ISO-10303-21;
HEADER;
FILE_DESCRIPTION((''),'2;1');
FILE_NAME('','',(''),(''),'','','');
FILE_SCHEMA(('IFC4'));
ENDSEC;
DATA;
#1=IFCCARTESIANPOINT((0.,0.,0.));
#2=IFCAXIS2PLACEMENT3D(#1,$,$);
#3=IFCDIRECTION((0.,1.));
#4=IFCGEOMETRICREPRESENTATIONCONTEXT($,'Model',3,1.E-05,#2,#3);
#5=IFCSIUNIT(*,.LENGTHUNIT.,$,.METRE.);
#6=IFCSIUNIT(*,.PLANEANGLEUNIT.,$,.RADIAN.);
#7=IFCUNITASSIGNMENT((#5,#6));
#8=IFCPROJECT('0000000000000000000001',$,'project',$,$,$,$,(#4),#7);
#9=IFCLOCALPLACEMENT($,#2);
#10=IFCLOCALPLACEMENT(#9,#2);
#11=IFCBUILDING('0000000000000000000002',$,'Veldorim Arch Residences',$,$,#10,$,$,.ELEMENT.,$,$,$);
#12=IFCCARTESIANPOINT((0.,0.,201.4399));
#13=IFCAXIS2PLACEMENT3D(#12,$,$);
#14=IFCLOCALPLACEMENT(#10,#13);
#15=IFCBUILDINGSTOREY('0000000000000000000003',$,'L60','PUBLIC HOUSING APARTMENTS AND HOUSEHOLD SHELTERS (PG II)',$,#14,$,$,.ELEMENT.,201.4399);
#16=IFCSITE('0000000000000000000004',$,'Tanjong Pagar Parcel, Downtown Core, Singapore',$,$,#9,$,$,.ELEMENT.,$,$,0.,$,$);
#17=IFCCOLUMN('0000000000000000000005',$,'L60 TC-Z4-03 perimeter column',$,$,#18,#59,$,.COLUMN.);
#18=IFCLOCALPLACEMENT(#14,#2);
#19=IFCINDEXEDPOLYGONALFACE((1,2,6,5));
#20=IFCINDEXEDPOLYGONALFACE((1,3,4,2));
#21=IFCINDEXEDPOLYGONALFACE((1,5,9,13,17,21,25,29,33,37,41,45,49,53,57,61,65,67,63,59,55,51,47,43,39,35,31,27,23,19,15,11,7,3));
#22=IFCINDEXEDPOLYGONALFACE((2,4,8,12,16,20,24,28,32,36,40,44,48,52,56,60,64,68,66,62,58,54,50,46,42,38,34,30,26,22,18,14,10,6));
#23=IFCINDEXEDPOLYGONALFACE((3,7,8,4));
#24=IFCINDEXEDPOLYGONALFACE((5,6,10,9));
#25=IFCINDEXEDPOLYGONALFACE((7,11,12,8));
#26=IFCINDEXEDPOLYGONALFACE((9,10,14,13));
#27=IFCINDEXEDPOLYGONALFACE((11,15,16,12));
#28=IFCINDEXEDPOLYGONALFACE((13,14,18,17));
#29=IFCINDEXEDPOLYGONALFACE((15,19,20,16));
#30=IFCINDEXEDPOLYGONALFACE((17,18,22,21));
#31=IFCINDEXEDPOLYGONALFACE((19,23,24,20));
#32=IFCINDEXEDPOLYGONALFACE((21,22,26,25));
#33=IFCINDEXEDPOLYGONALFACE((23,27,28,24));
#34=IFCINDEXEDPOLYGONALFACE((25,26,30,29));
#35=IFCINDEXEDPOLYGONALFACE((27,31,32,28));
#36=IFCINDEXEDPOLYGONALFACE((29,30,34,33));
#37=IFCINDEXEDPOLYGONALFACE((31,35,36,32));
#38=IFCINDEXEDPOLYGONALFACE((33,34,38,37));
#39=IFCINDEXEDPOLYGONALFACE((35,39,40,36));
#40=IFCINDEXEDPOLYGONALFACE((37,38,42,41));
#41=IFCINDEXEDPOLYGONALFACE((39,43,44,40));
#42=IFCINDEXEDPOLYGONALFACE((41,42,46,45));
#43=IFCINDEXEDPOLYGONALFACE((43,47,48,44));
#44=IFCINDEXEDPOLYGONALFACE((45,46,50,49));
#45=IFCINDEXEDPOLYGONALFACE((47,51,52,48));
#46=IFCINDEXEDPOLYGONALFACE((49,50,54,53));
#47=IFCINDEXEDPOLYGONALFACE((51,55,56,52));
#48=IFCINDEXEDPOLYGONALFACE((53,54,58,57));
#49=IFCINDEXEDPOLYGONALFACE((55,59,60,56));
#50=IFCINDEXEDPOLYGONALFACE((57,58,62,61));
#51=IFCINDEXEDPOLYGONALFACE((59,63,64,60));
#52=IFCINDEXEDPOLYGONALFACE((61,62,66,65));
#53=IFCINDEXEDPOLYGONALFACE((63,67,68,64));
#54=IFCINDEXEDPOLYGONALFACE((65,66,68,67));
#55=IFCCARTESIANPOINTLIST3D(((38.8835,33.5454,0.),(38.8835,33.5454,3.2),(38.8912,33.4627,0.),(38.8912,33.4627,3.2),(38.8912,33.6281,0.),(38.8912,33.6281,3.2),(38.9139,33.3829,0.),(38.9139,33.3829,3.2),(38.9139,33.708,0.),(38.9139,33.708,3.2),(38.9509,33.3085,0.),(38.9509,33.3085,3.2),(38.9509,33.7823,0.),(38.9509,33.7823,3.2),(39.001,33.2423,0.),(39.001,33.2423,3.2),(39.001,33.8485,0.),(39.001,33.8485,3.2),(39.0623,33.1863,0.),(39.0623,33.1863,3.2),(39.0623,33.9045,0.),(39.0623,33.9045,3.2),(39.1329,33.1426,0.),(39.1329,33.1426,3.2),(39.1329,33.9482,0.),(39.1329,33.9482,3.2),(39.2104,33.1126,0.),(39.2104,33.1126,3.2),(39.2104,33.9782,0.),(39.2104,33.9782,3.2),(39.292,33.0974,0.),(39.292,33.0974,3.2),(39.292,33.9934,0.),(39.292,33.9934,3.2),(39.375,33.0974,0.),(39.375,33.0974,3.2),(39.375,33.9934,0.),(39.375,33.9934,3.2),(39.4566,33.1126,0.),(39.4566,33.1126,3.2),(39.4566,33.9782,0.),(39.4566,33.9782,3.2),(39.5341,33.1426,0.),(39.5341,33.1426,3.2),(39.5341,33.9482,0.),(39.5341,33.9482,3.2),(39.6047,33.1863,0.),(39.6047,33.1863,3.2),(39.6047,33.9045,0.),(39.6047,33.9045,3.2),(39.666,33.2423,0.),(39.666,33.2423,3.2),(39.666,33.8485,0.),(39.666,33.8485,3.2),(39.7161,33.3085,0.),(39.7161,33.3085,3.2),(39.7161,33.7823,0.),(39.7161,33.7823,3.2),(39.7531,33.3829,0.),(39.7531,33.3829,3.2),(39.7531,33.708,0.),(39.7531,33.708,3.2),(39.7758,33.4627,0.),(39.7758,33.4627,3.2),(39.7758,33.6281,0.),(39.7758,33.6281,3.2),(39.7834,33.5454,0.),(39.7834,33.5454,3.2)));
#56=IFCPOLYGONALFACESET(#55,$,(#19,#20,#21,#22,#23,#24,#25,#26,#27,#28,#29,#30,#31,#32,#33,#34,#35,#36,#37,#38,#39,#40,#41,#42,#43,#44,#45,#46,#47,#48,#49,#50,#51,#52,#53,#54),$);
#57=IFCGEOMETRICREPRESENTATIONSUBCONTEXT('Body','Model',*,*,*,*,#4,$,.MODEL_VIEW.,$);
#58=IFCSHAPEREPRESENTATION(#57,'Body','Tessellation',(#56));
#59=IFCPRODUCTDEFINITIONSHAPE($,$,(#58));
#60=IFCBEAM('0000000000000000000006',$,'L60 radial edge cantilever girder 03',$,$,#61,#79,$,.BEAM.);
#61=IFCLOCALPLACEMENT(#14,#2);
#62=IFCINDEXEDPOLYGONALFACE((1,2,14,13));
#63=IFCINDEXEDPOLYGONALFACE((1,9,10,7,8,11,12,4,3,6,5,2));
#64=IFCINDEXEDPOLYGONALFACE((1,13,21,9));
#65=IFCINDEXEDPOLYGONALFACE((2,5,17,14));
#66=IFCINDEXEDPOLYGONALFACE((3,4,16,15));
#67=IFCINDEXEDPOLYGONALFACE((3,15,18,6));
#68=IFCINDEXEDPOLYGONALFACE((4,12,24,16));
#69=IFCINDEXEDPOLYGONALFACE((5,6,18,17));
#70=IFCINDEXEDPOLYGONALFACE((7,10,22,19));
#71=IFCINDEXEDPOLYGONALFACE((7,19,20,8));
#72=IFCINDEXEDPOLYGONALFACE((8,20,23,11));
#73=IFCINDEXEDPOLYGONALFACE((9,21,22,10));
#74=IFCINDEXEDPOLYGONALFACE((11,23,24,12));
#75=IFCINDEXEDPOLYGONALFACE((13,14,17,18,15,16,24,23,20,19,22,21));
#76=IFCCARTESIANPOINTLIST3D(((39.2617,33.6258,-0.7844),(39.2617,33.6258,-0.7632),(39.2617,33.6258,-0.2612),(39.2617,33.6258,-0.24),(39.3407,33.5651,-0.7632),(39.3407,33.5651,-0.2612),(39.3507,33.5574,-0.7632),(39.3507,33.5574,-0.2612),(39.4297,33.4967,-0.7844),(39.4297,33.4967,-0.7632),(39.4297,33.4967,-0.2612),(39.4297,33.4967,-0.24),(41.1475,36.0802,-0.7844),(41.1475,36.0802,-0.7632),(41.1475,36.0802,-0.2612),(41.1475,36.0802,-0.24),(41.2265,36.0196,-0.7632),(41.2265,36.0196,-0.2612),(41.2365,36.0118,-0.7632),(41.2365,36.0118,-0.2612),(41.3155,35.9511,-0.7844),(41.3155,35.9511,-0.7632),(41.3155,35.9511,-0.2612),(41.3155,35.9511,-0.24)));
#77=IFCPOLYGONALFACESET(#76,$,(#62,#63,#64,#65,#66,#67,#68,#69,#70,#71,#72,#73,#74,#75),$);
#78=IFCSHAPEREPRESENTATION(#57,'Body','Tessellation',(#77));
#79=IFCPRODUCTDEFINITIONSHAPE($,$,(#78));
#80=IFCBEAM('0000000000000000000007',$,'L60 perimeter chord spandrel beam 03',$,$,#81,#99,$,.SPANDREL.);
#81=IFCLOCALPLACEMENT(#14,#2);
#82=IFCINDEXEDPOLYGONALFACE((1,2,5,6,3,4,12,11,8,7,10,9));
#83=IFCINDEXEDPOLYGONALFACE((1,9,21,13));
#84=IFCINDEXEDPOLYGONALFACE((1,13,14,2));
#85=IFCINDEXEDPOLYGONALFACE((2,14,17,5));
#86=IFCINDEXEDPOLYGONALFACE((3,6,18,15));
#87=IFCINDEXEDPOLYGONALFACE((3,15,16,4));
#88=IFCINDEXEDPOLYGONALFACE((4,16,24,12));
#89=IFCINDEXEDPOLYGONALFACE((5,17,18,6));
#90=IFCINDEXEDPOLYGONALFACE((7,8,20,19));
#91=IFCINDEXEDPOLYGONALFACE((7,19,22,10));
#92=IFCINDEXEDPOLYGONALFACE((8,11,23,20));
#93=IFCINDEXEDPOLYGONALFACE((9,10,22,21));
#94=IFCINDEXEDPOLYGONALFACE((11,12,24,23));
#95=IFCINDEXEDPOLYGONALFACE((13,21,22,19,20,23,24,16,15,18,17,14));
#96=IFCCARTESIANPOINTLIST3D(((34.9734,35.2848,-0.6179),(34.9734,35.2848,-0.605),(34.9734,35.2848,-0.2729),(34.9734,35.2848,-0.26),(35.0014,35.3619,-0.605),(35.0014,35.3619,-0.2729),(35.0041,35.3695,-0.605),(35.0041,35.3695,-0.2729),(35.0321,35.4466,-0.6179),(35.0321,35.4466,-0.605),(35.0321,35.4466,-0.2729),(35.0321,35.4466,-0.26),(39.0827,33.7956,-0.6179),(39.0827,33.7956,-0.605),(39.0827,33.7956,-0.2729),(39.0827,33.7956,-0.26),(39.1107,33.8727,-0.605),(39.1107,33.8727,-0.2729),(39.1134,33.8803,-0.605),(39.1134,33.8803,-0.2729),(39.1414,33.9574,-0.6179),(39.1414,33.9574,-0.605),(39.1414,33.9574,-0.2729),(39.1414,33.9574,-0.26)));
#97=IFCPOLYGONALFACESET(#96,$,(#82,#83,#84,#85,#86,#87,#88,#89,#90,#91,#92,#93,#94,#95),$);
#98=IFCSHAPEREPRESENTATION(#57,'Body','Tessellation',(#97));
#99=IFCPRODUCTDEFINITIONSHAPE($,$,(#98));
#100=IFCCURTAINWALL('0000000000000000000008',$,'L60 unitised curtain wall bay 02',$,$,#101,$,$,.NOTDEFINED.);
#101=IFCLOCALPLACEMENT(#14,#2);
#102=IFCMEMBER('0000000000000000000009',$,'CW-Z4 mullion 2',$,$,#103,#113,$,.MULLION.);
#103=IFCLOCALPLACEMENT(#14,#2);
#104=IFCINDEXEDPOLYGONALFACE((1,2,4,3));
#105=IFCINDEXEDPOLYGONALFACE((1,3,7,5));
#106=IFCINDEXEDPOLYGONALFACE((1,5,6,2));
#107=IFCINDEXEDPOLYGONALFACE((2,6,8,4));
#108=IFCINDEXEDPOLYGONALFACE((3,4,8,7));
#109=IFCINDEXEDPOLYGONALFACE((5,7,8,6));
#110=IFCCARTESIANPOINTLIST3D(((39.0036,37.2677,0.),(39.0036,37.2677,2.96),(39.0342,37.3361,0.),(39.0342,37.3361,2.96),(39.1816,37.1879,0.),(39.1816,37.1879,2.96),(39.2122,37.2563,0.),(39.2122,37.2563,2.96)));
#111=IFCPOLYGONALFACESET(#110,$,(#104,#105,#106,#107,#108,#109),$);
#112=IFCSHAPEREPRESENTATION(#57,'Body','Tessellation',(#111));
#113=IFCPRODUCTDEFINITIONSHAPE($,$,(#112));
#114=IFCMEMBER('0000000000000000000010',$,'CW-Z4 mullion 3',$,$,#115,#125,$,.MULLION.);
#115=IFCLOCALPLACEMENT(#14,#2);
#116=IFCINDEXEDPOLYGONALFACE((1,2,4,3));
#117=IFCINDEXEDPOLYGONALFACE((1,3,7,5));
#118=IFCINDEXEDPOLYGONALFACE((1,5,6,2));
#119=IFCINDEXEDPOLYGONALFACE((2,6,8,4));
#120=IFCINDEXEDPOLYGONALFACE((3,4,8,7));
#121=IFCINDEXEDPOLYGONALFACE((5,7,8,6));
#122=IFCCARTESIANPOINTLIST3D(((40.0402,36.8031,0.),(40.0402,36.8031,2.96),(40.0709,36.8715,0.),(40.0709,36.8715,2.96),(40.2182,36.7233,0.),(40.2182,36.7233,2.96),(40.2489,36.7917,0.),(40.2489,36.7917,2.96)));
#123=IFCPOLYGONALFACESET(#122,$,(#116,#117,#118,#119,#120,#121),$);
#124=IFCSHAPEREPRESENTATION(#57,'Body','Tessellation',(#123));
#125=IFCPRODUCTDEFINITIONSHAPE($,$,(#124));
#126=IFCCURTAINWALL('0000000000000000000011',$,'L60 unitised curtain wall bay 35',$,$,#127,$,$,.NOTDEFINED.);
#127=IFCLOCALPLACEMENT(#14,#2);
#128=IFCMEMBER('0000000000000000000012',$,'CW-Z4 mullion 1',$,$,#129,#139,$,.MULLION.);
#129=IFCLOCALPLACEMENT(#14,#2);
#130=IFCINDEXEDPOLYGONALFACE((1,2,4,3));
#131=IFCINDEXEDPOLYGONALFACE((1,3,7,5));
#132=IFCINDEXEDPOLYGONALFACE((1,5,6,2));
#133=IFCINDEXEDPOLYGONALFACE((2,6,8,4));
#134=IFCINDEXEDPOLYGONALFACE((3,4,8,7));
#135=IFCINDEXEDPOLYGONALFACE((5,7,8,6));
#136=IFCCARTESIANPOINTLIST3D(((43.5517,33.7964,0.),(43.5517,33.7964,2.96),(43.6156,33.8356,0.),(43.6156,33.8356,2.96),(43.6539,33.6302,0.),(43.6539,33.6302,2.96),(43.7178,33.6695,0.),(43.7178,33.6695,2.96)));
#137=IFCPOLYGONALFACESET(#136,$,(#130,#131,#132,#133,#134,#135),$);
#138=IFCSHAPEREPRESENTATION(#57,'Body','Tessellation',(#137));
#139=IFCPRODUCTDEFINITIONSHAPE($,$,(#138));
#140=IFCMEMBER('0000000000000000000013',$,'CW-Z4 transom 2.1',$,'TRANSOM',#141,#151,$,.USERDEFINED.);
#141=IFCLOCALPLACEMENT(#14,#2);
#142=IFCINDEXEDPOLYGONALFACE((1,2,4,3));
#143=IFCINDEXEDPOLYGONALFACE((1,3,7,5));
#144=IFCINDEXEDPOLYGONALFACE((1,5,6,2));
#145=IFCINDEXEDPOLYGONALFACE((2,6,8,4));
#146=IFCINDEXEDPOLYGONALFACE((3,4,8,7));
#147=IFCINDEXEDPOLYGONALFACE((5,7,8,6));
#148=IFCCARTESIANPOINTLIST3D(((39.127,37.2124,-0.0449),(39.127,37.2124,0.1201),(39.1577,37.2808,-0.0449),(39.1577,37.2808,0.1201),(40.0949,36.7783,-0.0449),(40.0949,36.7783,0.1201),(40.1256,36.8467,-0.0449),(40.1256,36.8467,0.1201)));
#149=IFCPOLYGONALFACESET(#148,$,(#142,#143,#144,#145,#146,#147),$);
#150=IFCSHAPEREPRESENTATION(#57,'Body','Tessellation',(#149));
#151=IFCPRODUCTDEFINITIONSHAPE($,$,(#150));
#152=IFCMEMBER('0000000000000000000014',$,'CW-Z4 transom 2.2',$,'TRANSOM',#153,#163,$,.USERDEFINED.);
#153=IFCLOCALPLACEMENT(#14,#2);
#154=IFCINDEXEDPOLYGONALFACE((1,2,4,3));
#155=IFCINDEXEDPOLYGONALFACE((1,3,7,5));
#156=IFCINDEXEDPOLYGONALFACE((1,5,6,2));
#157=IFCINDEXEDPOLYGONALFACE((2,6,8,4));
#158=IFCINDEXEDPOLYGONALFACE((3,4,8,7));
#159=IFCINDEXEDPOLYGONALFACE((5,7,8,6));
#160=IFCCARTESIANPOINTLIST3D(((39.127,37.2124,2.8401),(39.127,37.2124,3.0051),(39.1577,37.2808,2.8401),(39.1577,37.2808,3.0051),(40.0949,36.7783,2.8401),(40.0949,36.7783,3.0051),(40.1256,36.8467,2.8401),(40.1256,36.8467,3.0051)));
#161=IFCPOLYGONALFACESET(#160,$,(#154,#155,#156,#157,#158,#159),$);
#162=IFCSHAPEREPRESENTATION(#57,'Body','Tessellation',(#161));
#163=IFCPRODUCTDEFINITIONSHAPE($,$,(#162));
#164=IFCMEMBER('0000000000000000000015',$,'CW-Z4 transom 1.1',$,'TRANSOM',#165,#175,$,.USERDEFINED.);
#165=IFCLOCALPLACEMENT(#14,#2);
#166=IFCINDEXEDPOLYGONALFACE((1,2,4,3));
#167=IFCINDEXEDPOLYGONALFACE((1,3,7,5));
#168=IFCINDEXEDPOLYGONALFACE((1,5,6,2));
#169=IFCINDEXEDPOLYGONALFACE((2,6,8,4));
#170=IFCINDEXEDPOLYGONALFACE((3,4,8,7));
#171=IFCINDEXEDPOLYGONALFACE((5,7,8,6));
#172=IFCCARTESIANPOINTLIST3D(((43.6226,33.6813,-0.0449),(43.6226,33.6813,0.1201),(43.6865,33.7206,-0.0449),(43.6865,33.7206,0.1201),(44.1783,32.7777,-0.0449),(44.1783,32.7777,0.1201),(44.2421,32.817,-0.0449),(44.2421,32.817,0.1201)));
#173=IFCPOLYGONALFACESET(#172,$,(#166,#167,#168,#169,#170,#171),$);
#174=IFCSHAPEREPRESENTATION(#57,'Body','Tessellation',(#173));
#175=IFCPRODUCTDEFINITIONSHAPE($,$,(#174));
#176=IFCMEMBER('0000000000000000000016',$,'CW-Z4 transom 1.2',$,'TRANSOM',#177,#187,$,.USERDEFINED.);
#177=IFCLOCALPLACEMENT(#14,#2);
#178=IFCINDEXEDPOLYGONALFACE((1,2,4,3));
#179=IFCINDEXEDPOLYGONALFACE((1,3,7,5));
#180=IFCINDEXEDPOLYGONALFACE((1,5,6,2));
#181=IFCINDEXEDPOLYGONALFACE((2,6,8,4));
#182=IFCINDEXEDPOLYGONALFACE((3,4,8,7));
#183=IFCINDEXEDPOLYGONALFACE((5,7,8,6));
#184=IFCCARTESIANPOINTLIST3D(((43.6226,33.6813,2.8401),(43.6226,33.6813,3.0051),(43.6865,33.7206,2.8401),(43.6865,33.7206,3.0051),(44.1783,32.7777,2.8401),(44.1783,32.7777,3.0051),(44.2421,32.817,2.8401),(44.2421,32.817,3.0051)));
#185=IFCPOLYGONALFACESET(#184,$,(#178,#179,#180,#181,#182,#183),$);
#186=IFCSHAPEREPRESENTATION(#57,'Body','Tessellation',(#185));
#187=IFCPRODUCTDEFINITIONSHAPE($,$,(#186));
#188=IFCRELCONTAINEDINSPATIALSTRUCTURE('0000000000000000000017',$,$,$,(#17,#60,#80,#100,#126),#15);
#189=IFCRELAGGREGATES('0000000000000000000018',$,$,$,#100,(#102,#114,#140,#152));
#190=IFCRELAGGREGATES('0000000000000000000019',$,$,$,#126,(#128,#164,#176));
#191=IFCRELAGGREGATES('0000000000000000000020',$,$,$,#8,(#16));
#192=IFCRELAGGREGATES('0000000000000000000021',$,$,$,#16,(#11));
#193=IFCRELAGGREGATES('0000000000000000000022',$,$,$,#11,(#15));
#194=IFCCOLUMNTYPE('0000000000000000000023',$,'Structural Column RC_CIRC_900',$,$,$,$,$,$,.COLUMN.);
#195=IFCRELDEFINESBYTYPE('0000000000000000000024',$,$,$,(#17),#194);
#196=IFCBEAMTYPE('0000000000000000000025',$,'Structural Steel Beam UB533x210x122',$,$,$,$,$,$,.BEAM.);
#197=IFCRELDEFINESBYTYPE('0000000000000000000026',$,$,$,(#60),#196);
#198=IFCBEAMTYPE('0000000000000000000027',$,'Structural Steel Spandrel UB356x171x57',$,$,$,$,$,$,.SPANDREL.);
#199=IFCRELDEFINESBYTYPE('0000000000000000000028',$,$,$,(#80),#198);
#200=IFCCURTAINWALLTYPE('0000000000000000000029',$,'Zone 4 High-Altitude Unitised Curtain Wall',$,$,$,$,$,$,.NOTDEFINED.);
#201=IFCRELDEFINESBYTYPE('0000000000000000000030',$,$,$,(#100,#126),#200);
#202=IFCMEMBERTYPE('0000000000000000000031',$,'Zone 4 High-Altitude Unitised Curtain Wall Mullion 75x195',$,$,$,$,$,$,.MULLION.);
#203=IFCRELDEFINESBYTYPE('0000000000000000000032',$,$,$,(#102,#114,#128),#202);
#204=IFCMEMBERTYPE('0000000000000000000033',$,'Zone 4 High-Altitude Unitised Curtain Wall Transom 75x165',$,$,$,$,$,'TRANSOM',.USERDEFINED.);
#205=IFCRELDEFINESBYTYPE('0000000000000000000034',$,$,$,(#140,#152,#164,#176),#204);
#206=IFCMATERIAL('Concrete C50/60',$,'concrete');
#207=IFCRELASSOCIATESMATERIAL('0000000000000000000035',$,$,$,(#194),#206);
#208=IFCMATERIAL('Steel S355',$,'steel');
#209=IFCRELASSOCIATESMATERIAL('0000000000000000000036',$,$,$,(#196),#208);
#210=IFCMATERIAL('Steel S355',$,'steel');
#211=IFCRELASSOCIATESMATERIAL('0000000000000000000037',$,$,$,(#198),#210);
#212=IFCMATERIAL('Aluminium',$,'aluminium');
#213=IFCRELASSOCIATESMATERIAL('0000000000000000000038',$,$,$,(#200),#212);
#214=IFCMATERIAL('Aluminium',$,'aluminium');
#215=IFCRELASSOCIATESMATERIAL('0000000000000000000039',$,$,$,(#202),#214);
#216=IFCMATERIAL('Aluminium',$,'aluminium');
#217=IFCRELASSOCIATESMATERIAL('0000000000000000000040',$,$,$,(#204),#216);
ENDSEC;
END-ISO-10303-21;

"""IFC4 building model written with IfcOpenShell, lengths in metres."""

from ifc_helpers import new_model, si_unit, direction, frame, origin, origin_2d, place, context, subcontext, project, spatial, rectangle, circle, i_section, extrude, material, material_profile, profile_set, type_object, element, aggregate, save


model = new_model("IFC4")

# Units and contexts
model_context = context("Model", 3, precision=1e-05, world=origin(), true_north=direction((0.0, 1.0)))
body_context = subcontext(model_context, "Body", "Model", "MODEL_VIEW")
ifc_project = project(units=[si_unit("LENGTHUNIT", "METRE"), si_unit("PLANEANGLEUNIT", "RADIAN")], contexts=[model_context])

# Site, building, storey
site_placement = place(None, origin())
site = spatial("IfcSite", under=ifc_project, at=site_placement, Name="Tanjong Pagar Parcel, Downtown Core, Singapore", CompositionType="ELEMENT", RefElevation=0.0)
building_placement = place(site_placement, origin())
building = spatial("IfcBuilding", under=site, at=building_placement, Name="Veldorim Arch Residences", CompositionType="ELEMENT")
storey_placement = place(building_placement, frame((0.0, 0.0, 201.4399)))
storey = spatial("IfcBuildingStorey", under=building, at=storey_placement, Name="L60", Description="PUBLIC HOUSING APARTMENTS AND HOUSEHOLD SHELTERS (PG II)", CompositionType="ELEMENT", Elevation=201.4399)

# Column
ifc_material_1 = material(Name="Concrete C50/60", Category="concrete")
ifc_material_profile_1 = material_profile(ifc_material_1, circle(Radius=0.45, at=origin_2d()), Name="RC_CIRC_900")
ifc_profile_set_1 = profile_set([ifc_material_profile_1], Name="Concrete C50/60")
column_type = type_object("IfcColumnType", Name="Structural Column RC_CIRC_900", PredefinedType="COLUMN", material=ifc_profile_set_1)
column_placement = place(storey_placement, frame((39.3335, 33.5454, 0.0), z_axis=(0.0, 0.0, 1.0), x_axis=(1.0, 0.0, 0.0)))
element("IfcColumn", 1, at=column_placement, inside=storey, type_object=column_type, Name="L60 TC-Z4-03 perimeter column", PredefinedType="COLUMN", context=body_context, shape_type="SweptSolid", body=[
    extrude(circle(Radius=0.45, at=origin_2d()), origin(), (0.0, 0.0, 1.0), 3.2),
])

# Beams
ifc_material_2 = material(Name="Steel S355", Category="steel")
ifc_material_profile_2 = material_profile(ifc_material_2, i_section(OverallWidth=0.2119, OverallDepth=0.5444, WebThickness=0.0127, FlangeThickness=0.0212, at=origin_2d()), Name="UB533x210x122")
ifc_profile_set_2 = profile_set([ifc_material_profile_2], Name="Steel S355")
beam_type_1 = type_object("IfcBeamType", Name="Structural Steel Beam UB533x210x122", PredefinedType="BEAM", material=ifc_profile_set_2)
beam_1_placement = place(storey_placement, frame((39.3457, 33.5613, -0.5122), z_axis=(0.609261, 0.79297, 0.0), x_axis=(-0.79297, 0.609261, 0.0)))
element("IfcBeam", 2, at=beam_1_placement, inside=storey, type_object=beam_type_1, Name="L60 radial edge cantilever girder 03", PredefinedType="BEAM", context=body_context, shape_type="SweptSolid", body=[
    extrude(i_section(OverallWidth=0.2119, OverallDepth=0.5444, WebThickness=0.0127, FlangeThickness=0.0212, at=origin_2d()), origin(), (0.0, 0.0, 1.0), 3.0952),
])
ifc_material_3 = material(Name="Steel S355", Category="steel")
ifc_material_profile_3 = material_profile(ifc_material_3, i_section(OverallWidth=0.1721, OverallDepth=0.3579, WebThickness=0.0081, FlangeThickness=0.0129, at=origin_2d()), Name="UB356x171x57")
ifc_profile_set_3 = profile_set([ifc_material_profile_3], Name="Steel S355")
beam_type_2 = type_object("IfcBeamType", Name="Structural Steel Spandrel UB356x171x57", PredefinedType="SPANDREL", material=ifc_profile_set_3)
beam_2_placement = place(storey_placement, frame((39.1121, 33.8765, -0.439), z_axis=(-0.940165, 0.34072, 0.0), x_axis=(-0.34072, -0.940165, 0.0)))
element("IfcBeam", 3, at=beam_2_placement, inside=storey, type_object=beam_type_2, Name="L60 perimeter chord spandrel beam 03", PredefinedType="SPANDREL", context=body_context, shape_type="SweptSolid", body=[
    extrude(i_section(OverallWidth=0.1721, OverallDepth=0.3579, WebThickness=0.0081, FlangeThickness=0.0129, at=origin_2d()), origin(), (0.0, 0.0, 1.0), 4.3708),
])

# Curtain wall, members
ifc_material_4 = material(Name="Aluminium", Category="aluminium")
curtain_wall_type = type_object("IfcCurtainWallType", Name="Zone 4 High-Altitude Unitised Curtain Wall", PredefinedType="NOTDEFINED", material=ifc_material_4)
curtain_wall_1_placement = place(storey_placement, origin())
curtain_wall_1 = element("IfcCurtainWall", 4, at=curtain_wall_1_placement, inside=storey, type_object=curtain_wall_type, Name="L60 unitised curtain wall bay 02", PredefinedType="NOTDEFINED")
ifc_material_5 = material(Name="Aluminium", Category="aluminium")
ifc_material_profile_4 = material_profile(ifc_material_5, rectangle(XDim=0.075, YDim=0.1951, at=origin_2d()), Name="ALU_MUL_75x195")
ifc_profile_set_4 = profile_set([ifc_material_profile_4], Name="Aluminium")
member_type_1 = type_object("IfcMemberType", Name="Zone 4 High-Altitude Unitised Curtain Wall Mullion 75x195", PredefinedType="MULLION", material=ifc_profile_set_4)
member_1_placement = place(storey_placement, frame((39.1079, 37.262, 0.0), z_axis=(0.0, 0.0, 1.0), x_axis=(0.409149, 0.912468, 0.0)))
member_1 = element("IfcMember", 5, at=member_1_placement, type_object=member_type_1, Name="CW-Z4 mullion 2", PredefinedType="MULLION", context=body_context, shape_type="SweptSolid", body=[
    extrude(rectangle(XDim=0.075, YDim=0.1951, at=origin_2d()), origin(), (0.0, 0.0, 1.0), 2.96),
])
member_2_placement = place(storey_placement, frame((40.1445, 36.7974, 0.0), z_axis=(0.0, 0.0, 1.0), x_axis=(0.409149, 0.912468, 0.0)))
member_2 = element("IfcMember", 6, at=member_2_placement, type_object=member_type_1, Name="CW-Z4 mullion 3", PredefinedType="MULLION", context=body_context, shape_type="SweptSolid", body=[
    extrude(rectangle(XDim=0.075, YDim=0.1951, at=origin_2d()), origin(), (0.0, 0.0, 1.0), 2.96),
])

# Curtain wall, member
curtain_wall_2_placement = place(storey_placement, origin())
curtain_wall_2 = element("IfcCurtainWall", 7, at=curtain_wall_2_placement, inside=storey, type_object=curtain_wall_type, Name="L60 unitised curtain wall bay 35", PredefinedType="NOTDEFINED")
member_3_placement = place(storey_placement, frame((43.6348, 33.7329, 0.0), z_axis=(0.0, 0.0, 1.0), x_axis=(0.851802, 0.523864, 0.0)))
member_3 = element("IfcMember", 8, at=member_3_placement, type_object=member_type_1, Name="CW-Z4 mullion 1", PredefinedType="MULLION", context=body_context, shape_type="SweptSolid", body=[
    extrude(rectangle(XDim=0.075, YDim=0.1951, at=origin_2d()), origin(), (0.0, 0.0, 1.0), 2.96),
])

# Members
ifc_material_6 = material(Name="Aluminium", Category="aluminium")
ifc_material_profile_5 = material_profile(ifc_material_6, rectangle(XDim=0.075, YDim=0.165, at=origin_2d()), Name="ALU_TRN_75x165")
ifc_profile_set_5 = profile_set([ifc_material_profile_5], Name="Aluminium")
member_type_2 = type_object("IfcMemberType", Name="Zone 4 High-Altitude Unitised Curtain Wall Transom 75x165", ElementType="TRANSOM", PredefinedType="USERDEFINED", material=ifc_profile_set_5)
member_4_placement = place(storey_placement, frame((39.1423, 37.2466, 0.0376), z_axis=(0.912459, -0.409168, 0.0), x_axis=(0.409168, 0.912459, 0.0)))
member_4 = element("IfcMember", 9, at=member_4_placement, type_object=member_type_2, Name="CW-Z4 transom 2.1", ObjectType="TRANSOM", PredefinedType="USERDEFINED", context=body_context, shape_type="SweptSolid", body=[
    extrude(rectangle(XDim=0.075, YDim=0.165, at=origin_2d()), origin(), (0.0, 0.0, 1.0), 1.0608),
])
member_5_placement = place(storey_placement, frame((39.1423, 37.2466, 2.9226), z_axis=(0.912459, -0.409168, 0.0), x_axis=(0.409168, 0.912459, 0.0)))
member_5 = element("IfcMember", 10, at=member_5_placement, type_object=member_type_2, Name="CW-Z4 transom 2.2", ObjectType="TRANSOM", PredefinedType="USERDEFINED", context=body_context, shape_type="SweptSolid", body=[
    extrude(rectangle(XDim=0.075, YDim=0.165, at=origin_2d()), origin(), (0.0, 0.0, 1.0), 1.0608),
])
member_6_placement = place(storey_placement, frame((43.6545, 33.7009, 0.0376), z_axis=(0.523841, -0.851816, 0.0), x_axis=(0.851816, 0.523841, 0.0)))
member_6 = element("IfcMember", 11, at=member_6_placement, type_object=member_type_2, Name="CW-Z4 transom 1.1", ObjectType="TRANSOM", PredefinedType="USERDEFINED", context=body_context, shape_type="SweptSolid", body=[
    extrude(rectangle(XDim=0.075, YDim=0.165, at=origin_2d()), origin(), (0.0, 0.0, 1.0), 1.0608),
])
member_7_placement = place(storey_placement, frame((43.6545, 33.7009, 2.9226), z_axis=(0.523841, -0.851816, 0.0), x_axis=(0.851816, 0.523841, 0.0)))
member_7 = element("IfcMember", 12, at=member_7_placement, type_object=member_type_2, Name="CW-Z4 transom 1.2", ObjectType="TRANSOM", PredefinedType="USERDEFINED", context=body_context, shape_type="SweptSolid", body=[
    extrude(rectangle(XDim=0.075, YDim=0.165, at=origin_2d()), origin(), (0.0, 0.0, 1.0), 1.0608),
])

aggregate(curtain_wall_1, [member_1, member_2, member_4, member_5])
aggregate(curtain_wall_2, [member_3, member_6, member_7])

save(model, "model.ifc")
